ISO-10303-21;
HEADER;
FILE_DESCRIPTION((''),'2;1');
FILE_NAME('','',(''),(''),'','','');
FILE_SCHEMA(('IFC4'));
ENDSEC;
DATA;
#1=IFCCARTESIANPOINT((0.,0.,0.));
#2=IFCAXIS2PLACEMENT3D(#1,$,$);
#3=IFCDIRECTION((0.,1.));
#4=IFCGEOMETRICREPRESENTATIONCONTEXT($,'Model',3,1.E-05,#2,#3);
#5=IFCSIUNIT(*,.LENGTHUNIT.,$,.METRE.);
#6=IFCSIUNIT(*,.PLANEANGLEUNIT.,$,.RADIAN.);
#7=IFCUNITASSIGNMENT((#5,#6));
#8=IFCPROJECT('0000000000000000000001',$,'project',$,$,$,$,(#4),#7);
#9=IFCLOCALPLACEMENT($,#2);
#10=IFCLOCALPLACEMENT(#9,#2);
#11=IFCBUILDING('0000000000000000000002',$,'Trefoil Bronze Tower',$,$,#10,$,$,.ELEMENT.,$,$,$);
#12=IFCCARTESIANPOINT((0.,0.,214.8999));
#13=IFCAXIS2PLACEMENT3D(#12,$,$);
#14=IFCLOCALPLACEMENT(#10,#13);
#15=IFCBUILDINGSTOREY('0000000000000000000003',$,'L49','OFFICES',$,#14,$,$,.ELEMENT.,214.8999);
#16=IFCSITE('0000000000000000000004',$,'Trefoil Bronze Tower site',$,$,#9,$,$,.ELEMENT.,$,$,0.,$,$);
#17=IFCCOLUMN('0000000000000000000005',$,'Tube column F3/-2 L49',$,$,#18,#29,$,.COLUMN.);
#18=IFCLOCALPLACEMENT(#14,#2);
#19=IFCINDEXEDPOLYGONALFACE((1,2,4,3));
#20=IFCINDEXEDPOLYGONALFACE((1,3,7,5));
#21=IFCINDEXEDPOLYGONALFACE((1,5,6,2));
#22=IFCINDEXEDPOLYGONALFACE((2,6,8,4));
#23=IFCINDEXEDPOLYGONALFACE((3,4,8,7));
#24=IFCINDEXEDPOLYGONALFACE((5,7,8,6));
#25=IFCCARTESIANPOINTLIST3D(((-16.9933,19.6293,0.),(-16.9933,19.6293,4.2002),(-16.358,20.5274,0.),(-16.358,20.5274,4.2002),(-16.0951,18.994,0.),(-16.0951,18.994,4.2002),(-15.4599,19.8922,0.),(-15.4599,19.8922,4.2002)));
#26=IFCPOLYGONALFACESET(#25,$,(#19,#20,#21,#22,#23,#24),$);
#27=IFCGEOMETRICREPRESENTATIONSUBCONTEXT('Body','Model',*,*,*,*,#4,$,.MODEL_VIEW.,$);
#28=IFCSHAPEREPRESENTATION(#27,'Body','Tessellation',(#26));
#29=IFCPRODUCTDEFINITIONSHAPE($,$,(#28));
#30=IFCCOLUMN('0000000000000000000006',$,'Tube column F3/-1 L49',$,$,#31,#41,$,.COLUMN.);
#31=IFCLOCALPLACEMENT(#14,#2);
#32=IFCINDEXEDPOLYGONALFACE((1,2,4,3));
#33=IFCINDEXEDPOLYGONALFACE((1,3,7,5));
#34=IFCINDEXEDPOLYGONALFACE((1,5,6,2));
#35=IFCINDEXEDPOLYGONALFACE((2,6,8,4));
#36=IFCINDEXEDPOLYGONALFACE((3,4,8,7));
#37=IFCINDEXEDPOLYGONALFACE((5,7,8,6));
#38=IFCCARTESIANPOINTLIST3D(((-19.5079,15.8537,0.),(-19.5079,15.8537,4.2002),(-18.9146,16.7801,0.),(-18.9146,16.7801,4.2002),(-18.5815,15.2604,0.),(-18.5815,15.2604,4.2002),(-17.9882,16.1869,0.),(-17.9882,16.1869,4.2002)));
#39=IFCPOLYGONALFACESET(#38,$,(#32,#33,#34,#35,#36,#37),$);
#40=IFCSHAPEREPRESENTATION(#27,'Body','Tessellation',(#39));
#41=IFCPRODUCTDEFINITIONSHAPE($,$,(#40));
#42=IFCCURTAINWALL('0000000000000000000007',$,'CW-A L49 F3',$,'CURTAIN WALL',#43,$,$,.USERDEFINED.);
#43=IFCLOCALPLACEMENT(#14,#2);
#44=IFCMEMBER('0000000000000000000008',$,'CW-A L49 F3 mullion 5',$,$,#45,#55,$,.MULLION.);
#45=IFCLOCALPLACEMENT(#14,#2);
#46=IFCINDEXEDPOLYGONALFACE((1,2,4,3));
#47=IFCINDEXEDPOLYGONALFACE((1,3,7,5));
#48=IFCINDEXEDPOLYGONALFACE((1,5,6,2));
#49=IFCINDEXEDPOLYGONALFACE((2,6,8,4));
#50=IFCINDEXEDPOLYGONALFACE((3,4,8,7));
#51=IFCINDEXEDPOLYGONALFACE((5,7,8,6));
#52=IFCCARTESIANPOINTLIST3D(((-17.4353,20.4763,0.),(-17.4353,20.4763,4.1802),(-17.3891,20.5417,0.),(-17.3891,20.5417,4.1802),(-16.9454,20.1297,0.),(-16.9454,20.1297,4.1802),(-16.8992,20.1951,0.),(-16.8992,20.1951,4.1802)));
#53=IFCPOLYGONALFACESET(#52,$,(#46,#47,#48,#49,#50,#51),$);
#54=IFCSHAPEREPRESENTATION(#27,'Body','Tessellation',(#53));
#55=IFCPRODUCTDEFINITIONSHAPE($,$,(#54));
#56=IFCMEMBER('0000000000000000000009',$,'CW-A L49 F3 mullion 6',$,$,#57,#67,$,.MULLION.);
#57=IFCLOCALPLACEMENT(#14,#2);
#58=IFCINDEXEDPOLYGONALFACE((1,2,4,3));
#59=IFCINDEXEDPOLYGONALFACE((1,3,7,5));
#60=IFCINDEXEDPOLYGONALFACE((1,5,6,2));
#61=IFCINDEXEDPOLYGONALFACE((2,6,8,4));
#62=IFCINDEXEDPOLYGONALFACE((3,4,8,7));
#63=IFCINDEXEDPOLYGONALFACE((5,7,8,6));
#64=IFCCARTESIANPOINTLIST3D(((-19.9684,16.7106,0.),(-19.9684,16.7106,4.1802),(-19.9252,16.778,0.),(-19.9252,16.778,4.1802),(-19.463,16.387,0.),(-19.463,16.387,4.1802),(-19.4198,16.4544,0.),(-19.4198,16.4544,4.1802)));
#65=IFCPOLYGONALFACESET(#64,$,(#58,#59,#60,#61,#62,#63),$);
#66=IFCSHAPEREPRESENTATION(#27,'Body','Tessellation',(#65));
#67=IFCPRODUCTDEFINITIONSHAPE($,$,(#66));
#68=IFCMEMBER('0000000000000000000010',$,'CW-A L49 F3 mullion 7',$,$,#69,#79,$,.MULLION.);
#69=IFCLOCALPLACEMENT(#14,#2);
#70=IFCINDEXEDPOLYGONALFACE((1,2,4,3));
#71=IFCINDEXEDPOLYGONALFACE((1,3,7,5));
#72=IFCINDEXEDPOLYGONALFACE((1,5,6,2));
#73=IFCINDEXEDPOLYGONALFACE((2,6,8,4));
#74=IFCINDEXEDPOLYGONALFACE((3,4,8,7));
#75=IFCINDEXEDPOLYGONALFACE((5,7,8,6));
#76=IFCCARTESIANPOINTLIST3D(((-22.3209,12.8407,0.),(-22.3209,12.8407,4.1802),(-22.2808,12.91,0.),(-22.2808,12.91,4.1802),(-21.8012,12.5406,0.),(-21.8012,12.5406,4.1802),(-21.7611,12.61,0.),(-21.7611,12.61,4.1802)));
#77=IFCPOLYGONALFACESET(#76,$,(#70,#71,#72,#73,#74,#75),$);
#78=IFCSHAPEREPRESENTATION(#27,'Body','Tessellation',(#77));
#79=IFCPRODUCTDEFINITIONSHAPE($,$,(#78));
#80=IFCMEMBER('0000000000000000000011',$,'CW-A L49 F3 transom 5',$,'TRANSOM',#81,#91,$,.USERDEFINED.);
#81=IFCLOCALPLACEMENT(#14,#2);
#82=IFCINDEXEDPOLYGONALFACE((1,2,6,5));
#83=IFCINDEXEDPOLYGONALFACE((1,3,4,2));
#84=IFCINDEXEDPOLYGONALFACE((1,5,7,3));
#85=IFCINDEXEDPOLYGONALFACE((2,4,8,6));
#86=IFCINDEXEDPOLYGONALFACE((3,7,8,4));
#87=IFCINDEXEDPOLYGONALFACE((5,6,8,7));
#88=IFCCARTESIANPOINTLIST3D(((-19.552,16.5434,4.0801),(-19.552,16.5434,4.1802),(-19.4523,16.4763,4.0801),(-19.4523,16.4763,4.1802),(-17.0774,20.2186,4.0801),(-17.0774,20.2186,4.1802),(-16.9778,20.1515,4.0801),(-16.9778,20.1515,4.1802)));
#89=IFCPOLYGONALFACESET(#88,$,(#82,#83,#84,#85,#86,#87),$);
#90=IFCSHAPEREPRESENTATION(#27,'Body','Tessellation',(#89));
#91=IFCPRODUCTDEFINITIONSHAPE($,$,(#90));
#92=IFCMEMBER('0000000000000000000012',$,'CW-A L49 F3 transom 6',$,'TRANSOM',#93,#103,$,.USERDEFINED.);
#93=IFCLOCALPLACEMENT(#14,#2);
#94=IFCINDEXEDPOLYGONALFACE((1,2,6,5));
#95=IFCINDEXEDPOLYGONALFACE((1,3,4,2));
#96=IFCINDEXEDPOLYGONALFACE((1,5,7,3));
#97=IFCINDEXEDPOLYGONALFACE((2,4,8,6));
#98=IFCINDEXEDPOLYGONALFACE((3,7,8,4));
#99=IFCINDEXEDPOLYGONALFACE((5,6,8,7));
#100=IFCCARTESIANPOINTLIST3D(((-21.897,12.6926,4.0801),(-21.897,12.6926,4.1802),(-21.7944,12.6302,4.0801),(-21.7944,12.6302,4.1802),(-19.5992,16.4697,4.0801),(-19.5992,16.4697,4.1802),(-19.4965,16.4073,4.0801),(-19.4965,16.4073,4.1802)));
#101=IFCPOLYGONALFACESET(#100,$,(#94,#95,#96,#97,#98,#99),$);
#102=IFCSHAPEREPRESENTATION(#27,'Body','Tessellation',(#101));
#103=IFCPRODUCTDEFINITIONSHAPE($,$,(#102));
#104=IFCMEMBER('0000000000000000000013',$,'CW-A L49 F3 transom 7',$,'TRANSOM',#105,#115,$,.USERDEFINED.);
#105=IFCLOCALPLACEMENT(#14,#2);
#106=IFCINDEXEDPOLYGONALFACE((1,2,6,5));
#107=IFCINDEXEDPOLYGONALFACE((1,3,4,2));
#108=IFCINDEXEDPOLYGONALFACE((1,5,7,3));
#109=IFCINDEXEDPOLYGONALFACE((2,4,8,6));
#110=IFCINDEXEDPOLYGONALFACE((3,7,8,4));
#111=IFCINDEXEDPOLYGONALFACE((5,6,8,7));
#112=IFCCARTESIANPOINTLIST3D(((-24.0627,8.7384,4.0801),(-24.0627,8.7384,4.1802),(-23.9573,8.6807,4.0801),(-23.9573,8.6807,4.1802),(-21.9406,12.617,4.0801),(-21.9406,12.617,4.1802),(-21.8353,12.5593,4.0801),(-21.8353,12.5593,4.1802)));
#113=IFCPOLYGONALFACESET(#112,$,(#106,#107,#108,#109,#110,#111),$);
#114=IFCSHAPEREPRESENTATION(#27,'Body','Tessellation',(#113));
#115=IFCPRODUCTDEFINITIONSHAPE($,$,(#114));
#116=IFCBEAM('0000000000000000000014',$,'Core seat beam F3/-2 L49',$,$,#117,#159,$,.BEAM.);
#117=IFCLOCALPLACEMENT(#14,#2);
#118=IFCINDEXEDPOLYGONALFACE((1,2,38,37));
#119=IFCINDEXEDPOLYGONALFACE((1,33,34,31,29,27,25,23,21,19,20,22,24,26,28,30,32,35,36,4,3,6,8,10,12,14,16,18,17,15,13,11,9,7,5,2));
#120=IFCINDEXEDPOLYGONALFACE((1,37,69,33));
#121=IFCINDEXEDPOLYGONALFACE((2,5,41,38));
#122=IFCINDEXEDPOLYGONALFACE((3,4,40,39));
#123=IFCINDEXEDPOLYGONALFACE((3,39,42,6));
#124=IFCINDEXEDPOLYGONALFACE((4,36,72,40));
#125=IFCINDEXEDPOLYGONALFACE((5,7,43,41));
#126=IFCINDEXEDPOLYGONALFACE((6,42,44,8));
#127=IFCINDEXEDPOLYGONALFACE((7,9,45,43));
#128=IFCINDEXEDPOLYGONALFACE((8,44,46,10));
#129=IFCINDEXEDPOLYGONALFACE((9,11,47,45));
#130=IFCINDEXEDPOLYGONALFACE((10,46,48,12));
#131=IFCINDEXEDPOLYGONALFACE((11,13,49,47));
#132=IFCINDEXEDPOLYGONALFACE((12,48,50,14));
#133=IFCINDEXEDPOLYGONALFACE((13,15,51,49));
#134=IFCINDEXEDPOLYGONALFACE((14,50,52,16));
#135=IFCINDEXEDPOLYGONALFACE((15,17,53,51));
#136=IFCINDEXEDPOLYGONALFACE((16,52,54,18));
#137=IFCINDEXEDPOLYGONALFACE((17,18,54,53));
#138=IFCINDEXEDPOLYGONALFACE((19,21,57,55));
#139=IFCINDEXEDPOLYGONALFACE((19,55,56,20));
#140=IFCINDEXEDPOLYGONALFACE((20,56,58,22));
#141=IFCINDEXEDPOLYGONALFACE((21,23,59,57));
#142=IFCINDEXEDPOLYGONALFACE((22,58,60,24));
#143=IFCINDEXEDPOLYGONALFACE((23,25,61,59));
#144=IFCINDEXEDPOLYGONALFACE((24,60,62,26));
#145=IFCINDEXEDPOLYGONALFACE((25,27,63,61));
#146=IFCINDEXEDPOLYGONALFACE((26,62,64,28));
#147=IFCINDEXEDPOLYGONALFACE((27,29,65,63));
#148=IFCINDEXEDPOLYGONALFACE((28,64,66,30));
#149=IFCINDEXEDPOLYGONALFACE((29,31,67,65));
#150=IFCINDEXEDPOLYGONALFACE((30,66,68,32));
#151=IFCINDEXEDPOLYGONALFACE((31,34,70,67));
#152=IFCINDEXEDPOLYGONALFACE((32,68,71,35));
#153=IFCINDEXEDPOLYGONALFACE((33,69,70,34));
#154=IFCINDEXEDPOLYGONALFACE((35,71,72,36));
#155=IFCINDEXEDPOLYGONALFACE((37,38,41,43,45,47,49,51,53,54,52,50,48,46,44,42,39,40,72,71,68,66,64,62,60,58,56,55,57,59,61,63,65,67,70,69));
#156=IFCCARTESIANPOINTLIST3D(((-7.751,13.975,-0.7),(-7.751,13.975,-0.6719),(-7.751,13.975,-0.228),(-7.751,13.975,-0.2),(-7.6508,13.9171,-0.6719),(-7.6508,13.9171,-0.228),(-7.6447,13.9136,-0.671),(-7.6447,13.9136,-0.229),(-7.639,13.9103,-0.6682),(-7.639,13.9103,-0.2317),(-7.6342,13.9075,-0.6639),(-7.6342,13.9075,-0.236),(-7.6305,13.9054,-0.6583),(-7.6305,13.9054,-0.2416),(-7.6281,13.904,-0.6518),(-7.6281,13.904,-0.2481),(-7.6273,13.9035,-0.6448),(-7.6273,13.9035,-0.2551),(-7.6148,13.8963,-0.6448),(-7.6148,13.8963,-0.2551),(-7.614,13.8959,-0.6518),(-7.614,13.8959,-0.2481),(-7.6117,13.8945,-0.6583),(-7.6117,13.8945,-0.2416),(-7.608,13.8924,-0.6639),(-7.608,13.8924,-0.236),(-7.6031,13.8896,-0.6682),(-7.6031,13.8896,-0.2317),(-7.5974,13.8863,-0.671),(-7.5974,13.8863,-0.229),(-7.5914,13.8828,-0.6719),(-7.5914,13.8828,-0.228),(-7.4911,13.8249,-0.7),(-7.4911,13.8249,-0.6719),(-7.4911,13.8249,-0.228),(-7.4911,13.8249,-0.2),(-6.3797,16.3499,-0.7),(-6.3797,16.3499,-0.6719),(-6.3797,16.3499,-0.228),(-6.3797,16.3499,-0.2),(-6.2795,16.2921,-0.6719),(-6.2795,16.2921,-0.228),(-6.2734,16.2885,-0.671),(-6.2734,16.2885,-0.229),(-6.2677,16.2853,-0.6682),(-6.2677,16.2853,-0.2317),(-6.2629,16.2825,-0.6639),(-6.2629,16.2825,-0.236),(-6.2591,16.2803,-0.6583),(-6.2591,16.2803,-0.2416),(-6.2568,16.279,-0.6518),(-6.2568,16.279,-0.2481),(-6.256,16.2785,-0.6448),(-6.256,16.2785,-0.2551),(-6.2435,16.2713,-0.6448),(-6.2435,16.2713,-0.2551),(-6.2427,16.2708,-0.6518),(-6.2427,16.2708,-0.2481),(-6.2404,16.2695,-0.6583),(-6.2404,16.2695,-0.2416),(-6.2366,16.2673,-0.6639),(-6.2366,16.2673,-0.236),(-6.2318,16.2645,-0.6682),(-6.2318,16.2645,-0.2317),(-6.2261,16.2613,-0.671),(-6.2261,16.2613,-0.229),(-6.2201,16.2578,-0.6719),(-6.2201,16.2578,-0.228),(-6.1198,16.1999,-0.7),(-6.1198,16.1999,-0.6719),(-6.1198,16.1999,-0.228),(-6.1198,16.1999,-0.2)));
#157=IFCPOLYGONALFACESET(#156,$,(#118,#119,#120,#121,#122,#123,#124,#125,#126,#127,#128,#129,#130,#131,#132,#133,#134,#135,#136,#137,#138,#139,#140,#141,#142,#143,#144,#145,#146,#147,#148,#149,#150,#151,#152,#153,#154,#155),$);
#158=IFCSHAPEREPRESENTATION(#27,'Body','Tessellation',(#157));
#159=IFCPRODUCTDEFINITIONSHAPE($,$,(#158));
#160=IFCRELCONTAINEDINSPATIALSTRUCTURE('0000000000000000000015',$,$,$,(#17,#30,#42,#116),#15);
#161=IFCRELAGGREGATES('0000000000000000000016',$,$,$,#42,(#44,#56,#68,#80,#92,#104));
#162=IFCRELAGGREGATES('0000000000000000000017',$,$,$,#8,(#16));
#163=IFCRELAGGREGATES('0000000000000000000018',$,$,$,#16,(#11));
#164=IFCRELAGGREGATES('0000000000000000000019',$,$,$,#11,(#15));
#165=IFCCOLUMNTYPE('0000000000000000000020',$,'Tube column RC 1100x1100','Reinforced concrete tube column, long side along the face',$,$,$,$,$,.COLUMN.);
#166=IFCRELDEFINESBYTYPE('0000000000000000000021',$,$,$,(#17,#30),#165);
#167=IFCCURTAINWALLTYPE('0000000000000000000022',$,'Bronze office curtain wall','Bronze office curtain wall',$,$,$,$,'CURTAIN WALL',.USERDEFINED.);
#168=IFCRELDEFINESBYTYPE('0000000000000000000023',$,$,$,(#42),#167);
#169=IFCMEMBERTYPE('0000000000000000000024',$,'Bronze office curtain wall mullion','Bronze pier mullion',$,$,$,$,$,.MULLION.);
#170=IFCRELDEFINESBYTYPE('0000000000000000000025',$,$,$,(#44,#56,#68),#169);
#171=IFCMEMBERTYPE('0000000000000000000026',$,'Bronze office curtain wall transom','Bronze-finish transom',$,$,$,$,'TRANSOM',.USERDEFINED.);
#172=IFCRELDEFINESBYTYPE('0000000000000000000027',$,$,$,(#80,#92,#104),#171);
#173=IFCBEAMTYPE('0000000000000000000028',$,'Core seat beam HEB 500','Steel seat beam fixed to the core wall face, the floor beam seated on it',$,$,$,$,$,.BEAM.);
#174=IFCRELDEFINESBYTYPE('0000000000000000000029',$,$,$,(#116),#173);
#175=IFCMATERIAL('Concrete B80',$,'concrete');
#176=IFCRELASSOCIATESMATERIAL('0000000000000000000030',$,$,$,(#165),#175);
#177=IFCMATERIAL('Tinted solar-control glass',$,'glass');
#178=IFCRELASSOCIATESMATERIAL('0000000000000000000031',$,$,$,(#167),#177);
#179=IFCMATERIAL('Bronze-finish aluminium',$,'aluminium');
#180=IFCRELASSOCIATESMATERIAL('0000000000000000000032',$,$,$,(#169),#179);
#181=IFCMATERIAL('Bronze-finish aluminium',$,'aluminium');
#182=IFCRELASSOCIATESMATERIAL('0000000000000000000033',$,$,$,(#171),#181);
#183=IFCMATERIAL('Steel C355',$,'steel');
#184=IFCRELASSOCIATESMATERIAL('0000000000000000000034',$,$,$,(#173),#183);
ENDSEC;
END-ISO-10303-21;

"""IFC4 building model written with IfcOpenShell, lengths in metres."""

from ifc_helpers import new_model, si_unit, direction, frame, origin, origin_2d, place, context, subcontext, project, spatial, rectangle, i_section, extrude, material, material_profile, profile_set, type_object, element, aggregate, save


model = new_model("IFC4")

# Units and contexts
model_context = context("Model", 3, precision=1e-05, world=origin(), true_north=direction((0.0, 1.0)))
body_context = subcontext(model_context, "Body", "Model", "MODEL_VIEW")
ifc_project = project(units=[si_unit("LENGTHUNIT", "METRE"), si_unit("PLANEANGLEUNIT", "RADIAN")], contexts=[model_context])

# Site, building, storey
site_placement = place(None, origin())
site = spatial("IfcSite", under=ifc_project, at=site_placement, Name="Trefoil Bronze Tower site", CompositionType="ELEMENT", RefElevation=0.0)
building_placement = place(site_placement, origin())
building = spatial("IfcBuilding", under=site, at=building_placement, Name="Trefoil Bronze Tower", CompositionType="ELEMENT")
storey_placement = place(building_placement, frame((0.0, 0.0, 214.8999)))
storey = spatial("IfcBuildingStorey", under=building, at=storey_placement, Name="L49", Description="OFFICES", CompositionType="ELEMENT", Elevation=214.8999)

# Columns
ifc_material_1 = material(Name="Concrete B80", Category="concrete")
ifc_material_profile_1 = material_profile(ifc_material_1, rectangle(XDim=1.1001, YDim=1.1001, at=origin_2d()), Name="RC 1100x1100")
ifc_profile_set_1 = profile_set([ifc_material_profile_1], Name="Concrete B80")
column_type = type_object("IfcColumnType", Name="Tube column RC 1100x1100", Description="Reinforced concrete tube column, long side along the face", PredefinedType="COLUMN", material=ifc_profile_set_1)
for number, where, z_axis, x_axis, name in (
    (1, (-16.2266, 19.7607, 0.0), (0.0, 0.0, 1.0), (-0.577481, -0.816404, 0.0), "Tube column F3/-2 L49"),
    (2, (-18.748, 16.0203, 0.0), (0.0, 0.0, 1.0), (-0.53927, -0.842133, 0.0), "Tube column F3/-1 L49"),
):
    element("IfcColumn", number, at=place(storey_placement, frame(where, z_axis=z_axis, x_axis=x_axis)), inside=storey, type_object=column_type, Name=name, PredefinedType="COLUMN", context=body_context, shape_type="SweptSolid", body=[
        extrude(rectangle(XDim=1.1001, YDim=1.1001, at=origin_2d()), origin(), (0.0, 0.0, 1.0), 4.2002),
    ])

# Curtain wall, members
ifc_material_2 = material(Name="Tinted solar-control glass", Category="glass")
curtain_wall_type = type_object("IfcCurtainWallType", Name="Bronze office curtain wall", Description="Bronze office curtain wall", ElementType="CURTAIN WALL", PredefinedType="USERDEFINED", material=ifc_material_2)
curtain_wall_placement = place(storey_placement, origin())
curtain_wall = element("IfcCurtainWall", 3, at=curtain_wall_placement, inside=storey, type_object=curtain_wall_type, Name="CW-A L49 F3", ObjectType="CURTAIN WALL", PredefinedType="USERDEFINED")
ifc_material_3 = material(Name="Bronze-finish aluminium", Category="aluminium")
ifc_material_profile_2 = material_profile(ifc_material_3, rectangle(XDim=0.6001, YDim=0.0801, at=origin_2d()), Name="CW-A mullion")
ifc_profile_set_2 = profile_set([ifc_material_profile_2], Name="Bronze-finish aluminium")
member_type_1 = type_object("IfcMemberType", Name="Bronze office curtain wall mullion", Description="Bronze pier mullion", PredefinedType="MULLION", material=ifc_profile_set_2)
member_1_placement = place(storey_placement, frame((-17.1672, 20.3357, 0.0), z_axis=(0.0, 0.0, 1.0), x_axis=(0.816404, -0.577481, 0.0)))
member_1 = element("IfcMember", 4, at=member_1_placement, type_object=member_type_1, Name="CW-A L49 F3 mullion 5", PredefinedType="MULLION", context=body_context, shape_type="SweptSolid", body=[
    extrude(rectangle(XDim=0.6001, YDim=0.0801, at=origin_2d()), origin(), (0.0, 0.0, 1.0), 4.1802),
])
member_2_placement = place(storey_placement, frame((-19.6941, 16.5825, 0.0), z_axis=(0.0, 0.0, 1.0), x_axis=(0.842133, -0.53927, 0.0)))
member_2 = element("IfcMember", 5, at=member_2_placement, type_object=member_type_1, Name="CW-A L49 F3 mullion 6", PredefinedType="MULLION", context=body_context, shape_type="SweptSolid", body=[
    extrude(rectangle(XDim=0.6001, YDim=0.0801, at=origin_2d()), origin(), (0.0, 0.0, 1.0), 4.1802),
])
member_3_placement = place(storey_placement, frame((-22.041, 12.7253, 0.0), z_axis=(0.0, 0.0, 1.0), x_axis=(0.866025, -0.5, 0.0)))
member_3 = element("IfcMember", 6, at=member_3_placement, type_object=member_type_1, Name="CW-A L49 F3 mullion 7", PredefinedType="MULLION", context=body_context, shape_type="SweptSolid", body=[
    extrude(rectangle(XDim=0.6001, YDim=0.0801, at=origin_2d()), origin(), (0.0, 0.0, 1.0), 4.1802),
])
ifc_material_4 = material(Name="Bronze-finish aluminium", Category="aluminium")
ifc_material_profile_3 = material_profile(ifc_material_4, rectangle(XDim=0.1201, YDim=0.1001, at=origin_2d()), Name="CW-A transom")
ifc_profile_set_3 = profile_set([ifc_material_profile_3], Name="Bronze-finish aluminium")
member_type_2 = type_object("IfcMemberType", Name="Bronze office curtain wall transom", Description="Bronze-finish transom", ElementType="TRANSOM", PredefinedType="USERDEFINED", material=ifc_profile_set_3)
member_4_placement = place(storey_placement, frame((-17.0276, 20.1851, 4.1301), z_axis=(-0.558509, -0.829498, 0.0), x_axis=(0.829498, -0.558509, 0.0)))
member_4 = element("IfcMember", 7, at=member_4_placement, type_object=member_type_2, Name="CW-A L49 F3 transom 5", ObjectType="TRANSOM", PredefinedType="USERDEFINED", context=body_context, shape_type="SweptSolid", body=[
    extrude(rectangle(XDim=0.1201, YDim=0.1001, at=origin_2d()), origin(), (0.0, 0.0, 1.0), 4.4307),
])
member_5_placement = place(storey_placement, frame((-19.5479, 16.4385, 4.1301), z_axis=(-0.51974, -0.854324, 0.0), x_axis=(0.854324, -0.51974, 0.0)))
member_5 = element("IfcMember", 8, at=member_5_placement, type_object=member_type_2, Name="CW-A L49 F3 transom 6", ObjectType="TRANSOM", PredefinedType="USERDEFINED", context=body_context, shape_type="SweptSolid", body=[
    extrude(rectangle(XDim=0.1201, YDim=0.1001, at=origin_2d()), origin(), (0.0, 0.0, 1.0), 4.4211),
])
member_6_placement = place(storey_placement, frame((-21.8879, 12.5881, 4.1301), z_axis=(-0.479974, -0.877283, 0.0), x_axis=(0.877283, -0.479974, 0.0)))
member_6 = element("IfcMember", 9, at=member_6_placement, type_object=member_type_2, Name="CW-A L49 F3 transom 7", ObjectType="TRANSOM", PredefinedType="USERDEFINED", context=body_context, shape_type="SweptSolid", body=[
    extrude(rectangle(XDim=0.1201, YDim=0.1001, at=origin_2d()), origin(), (0.0, 0.0, 1.0), 4.4211),
])

# Beam
ifc_material_5 = material(Name="Steel C355", Category="steel")
ifc_material_profile_4 = material_profile(ifc_material_5, i_section(OverallWidth=0.3, OverallDepth=0.5, WebThickness=0.0144, FlangeThickness=0.0281, FilletRadius=0.0271, at=origin_2d()), Name="HEB 500")
ifc_profile_set_4 = profile_set([ifc_material_profile_4], Name="Steel C355")
beam_type_1 = type_object("IfcBeamType", Name="Core seat beam HEB 500", Description="Steel seat beam fixed to the core wall face, the floor beam seated on it", PredefinedType="BEAM", material=ifc_profile_set_4)
beam_1_placement = place(storey_placement, frame((-6.2498, 16.2749, -0.45), z_axis=(-0.500036, -0.866005, 0.0), x_axis=(0.866005, -0.500036, 0.0)))
element("IfcBeam", 10, at=beam_1_placement, inside=storey, type_object=beam_type_1, Name="Core seat beam F3/-2 L49", PredefinedType="BEAM", context=body_context, shape_type="SweptSolid", body=[
    extrude(i_section(OverallWidth=0.3, OverallDepth=0.5, WebThickness=0.0144, FlangeThickness=0.0281, FilletRadius=0.0271, at=origin_2d()), origin(), (0.0, 0.0, 1.0), 2.7424),
])

aggregate(curtain_wall, [member_1, member_2, member_3, member_4, member_5, member_6])

save(model, "model.ifc")
